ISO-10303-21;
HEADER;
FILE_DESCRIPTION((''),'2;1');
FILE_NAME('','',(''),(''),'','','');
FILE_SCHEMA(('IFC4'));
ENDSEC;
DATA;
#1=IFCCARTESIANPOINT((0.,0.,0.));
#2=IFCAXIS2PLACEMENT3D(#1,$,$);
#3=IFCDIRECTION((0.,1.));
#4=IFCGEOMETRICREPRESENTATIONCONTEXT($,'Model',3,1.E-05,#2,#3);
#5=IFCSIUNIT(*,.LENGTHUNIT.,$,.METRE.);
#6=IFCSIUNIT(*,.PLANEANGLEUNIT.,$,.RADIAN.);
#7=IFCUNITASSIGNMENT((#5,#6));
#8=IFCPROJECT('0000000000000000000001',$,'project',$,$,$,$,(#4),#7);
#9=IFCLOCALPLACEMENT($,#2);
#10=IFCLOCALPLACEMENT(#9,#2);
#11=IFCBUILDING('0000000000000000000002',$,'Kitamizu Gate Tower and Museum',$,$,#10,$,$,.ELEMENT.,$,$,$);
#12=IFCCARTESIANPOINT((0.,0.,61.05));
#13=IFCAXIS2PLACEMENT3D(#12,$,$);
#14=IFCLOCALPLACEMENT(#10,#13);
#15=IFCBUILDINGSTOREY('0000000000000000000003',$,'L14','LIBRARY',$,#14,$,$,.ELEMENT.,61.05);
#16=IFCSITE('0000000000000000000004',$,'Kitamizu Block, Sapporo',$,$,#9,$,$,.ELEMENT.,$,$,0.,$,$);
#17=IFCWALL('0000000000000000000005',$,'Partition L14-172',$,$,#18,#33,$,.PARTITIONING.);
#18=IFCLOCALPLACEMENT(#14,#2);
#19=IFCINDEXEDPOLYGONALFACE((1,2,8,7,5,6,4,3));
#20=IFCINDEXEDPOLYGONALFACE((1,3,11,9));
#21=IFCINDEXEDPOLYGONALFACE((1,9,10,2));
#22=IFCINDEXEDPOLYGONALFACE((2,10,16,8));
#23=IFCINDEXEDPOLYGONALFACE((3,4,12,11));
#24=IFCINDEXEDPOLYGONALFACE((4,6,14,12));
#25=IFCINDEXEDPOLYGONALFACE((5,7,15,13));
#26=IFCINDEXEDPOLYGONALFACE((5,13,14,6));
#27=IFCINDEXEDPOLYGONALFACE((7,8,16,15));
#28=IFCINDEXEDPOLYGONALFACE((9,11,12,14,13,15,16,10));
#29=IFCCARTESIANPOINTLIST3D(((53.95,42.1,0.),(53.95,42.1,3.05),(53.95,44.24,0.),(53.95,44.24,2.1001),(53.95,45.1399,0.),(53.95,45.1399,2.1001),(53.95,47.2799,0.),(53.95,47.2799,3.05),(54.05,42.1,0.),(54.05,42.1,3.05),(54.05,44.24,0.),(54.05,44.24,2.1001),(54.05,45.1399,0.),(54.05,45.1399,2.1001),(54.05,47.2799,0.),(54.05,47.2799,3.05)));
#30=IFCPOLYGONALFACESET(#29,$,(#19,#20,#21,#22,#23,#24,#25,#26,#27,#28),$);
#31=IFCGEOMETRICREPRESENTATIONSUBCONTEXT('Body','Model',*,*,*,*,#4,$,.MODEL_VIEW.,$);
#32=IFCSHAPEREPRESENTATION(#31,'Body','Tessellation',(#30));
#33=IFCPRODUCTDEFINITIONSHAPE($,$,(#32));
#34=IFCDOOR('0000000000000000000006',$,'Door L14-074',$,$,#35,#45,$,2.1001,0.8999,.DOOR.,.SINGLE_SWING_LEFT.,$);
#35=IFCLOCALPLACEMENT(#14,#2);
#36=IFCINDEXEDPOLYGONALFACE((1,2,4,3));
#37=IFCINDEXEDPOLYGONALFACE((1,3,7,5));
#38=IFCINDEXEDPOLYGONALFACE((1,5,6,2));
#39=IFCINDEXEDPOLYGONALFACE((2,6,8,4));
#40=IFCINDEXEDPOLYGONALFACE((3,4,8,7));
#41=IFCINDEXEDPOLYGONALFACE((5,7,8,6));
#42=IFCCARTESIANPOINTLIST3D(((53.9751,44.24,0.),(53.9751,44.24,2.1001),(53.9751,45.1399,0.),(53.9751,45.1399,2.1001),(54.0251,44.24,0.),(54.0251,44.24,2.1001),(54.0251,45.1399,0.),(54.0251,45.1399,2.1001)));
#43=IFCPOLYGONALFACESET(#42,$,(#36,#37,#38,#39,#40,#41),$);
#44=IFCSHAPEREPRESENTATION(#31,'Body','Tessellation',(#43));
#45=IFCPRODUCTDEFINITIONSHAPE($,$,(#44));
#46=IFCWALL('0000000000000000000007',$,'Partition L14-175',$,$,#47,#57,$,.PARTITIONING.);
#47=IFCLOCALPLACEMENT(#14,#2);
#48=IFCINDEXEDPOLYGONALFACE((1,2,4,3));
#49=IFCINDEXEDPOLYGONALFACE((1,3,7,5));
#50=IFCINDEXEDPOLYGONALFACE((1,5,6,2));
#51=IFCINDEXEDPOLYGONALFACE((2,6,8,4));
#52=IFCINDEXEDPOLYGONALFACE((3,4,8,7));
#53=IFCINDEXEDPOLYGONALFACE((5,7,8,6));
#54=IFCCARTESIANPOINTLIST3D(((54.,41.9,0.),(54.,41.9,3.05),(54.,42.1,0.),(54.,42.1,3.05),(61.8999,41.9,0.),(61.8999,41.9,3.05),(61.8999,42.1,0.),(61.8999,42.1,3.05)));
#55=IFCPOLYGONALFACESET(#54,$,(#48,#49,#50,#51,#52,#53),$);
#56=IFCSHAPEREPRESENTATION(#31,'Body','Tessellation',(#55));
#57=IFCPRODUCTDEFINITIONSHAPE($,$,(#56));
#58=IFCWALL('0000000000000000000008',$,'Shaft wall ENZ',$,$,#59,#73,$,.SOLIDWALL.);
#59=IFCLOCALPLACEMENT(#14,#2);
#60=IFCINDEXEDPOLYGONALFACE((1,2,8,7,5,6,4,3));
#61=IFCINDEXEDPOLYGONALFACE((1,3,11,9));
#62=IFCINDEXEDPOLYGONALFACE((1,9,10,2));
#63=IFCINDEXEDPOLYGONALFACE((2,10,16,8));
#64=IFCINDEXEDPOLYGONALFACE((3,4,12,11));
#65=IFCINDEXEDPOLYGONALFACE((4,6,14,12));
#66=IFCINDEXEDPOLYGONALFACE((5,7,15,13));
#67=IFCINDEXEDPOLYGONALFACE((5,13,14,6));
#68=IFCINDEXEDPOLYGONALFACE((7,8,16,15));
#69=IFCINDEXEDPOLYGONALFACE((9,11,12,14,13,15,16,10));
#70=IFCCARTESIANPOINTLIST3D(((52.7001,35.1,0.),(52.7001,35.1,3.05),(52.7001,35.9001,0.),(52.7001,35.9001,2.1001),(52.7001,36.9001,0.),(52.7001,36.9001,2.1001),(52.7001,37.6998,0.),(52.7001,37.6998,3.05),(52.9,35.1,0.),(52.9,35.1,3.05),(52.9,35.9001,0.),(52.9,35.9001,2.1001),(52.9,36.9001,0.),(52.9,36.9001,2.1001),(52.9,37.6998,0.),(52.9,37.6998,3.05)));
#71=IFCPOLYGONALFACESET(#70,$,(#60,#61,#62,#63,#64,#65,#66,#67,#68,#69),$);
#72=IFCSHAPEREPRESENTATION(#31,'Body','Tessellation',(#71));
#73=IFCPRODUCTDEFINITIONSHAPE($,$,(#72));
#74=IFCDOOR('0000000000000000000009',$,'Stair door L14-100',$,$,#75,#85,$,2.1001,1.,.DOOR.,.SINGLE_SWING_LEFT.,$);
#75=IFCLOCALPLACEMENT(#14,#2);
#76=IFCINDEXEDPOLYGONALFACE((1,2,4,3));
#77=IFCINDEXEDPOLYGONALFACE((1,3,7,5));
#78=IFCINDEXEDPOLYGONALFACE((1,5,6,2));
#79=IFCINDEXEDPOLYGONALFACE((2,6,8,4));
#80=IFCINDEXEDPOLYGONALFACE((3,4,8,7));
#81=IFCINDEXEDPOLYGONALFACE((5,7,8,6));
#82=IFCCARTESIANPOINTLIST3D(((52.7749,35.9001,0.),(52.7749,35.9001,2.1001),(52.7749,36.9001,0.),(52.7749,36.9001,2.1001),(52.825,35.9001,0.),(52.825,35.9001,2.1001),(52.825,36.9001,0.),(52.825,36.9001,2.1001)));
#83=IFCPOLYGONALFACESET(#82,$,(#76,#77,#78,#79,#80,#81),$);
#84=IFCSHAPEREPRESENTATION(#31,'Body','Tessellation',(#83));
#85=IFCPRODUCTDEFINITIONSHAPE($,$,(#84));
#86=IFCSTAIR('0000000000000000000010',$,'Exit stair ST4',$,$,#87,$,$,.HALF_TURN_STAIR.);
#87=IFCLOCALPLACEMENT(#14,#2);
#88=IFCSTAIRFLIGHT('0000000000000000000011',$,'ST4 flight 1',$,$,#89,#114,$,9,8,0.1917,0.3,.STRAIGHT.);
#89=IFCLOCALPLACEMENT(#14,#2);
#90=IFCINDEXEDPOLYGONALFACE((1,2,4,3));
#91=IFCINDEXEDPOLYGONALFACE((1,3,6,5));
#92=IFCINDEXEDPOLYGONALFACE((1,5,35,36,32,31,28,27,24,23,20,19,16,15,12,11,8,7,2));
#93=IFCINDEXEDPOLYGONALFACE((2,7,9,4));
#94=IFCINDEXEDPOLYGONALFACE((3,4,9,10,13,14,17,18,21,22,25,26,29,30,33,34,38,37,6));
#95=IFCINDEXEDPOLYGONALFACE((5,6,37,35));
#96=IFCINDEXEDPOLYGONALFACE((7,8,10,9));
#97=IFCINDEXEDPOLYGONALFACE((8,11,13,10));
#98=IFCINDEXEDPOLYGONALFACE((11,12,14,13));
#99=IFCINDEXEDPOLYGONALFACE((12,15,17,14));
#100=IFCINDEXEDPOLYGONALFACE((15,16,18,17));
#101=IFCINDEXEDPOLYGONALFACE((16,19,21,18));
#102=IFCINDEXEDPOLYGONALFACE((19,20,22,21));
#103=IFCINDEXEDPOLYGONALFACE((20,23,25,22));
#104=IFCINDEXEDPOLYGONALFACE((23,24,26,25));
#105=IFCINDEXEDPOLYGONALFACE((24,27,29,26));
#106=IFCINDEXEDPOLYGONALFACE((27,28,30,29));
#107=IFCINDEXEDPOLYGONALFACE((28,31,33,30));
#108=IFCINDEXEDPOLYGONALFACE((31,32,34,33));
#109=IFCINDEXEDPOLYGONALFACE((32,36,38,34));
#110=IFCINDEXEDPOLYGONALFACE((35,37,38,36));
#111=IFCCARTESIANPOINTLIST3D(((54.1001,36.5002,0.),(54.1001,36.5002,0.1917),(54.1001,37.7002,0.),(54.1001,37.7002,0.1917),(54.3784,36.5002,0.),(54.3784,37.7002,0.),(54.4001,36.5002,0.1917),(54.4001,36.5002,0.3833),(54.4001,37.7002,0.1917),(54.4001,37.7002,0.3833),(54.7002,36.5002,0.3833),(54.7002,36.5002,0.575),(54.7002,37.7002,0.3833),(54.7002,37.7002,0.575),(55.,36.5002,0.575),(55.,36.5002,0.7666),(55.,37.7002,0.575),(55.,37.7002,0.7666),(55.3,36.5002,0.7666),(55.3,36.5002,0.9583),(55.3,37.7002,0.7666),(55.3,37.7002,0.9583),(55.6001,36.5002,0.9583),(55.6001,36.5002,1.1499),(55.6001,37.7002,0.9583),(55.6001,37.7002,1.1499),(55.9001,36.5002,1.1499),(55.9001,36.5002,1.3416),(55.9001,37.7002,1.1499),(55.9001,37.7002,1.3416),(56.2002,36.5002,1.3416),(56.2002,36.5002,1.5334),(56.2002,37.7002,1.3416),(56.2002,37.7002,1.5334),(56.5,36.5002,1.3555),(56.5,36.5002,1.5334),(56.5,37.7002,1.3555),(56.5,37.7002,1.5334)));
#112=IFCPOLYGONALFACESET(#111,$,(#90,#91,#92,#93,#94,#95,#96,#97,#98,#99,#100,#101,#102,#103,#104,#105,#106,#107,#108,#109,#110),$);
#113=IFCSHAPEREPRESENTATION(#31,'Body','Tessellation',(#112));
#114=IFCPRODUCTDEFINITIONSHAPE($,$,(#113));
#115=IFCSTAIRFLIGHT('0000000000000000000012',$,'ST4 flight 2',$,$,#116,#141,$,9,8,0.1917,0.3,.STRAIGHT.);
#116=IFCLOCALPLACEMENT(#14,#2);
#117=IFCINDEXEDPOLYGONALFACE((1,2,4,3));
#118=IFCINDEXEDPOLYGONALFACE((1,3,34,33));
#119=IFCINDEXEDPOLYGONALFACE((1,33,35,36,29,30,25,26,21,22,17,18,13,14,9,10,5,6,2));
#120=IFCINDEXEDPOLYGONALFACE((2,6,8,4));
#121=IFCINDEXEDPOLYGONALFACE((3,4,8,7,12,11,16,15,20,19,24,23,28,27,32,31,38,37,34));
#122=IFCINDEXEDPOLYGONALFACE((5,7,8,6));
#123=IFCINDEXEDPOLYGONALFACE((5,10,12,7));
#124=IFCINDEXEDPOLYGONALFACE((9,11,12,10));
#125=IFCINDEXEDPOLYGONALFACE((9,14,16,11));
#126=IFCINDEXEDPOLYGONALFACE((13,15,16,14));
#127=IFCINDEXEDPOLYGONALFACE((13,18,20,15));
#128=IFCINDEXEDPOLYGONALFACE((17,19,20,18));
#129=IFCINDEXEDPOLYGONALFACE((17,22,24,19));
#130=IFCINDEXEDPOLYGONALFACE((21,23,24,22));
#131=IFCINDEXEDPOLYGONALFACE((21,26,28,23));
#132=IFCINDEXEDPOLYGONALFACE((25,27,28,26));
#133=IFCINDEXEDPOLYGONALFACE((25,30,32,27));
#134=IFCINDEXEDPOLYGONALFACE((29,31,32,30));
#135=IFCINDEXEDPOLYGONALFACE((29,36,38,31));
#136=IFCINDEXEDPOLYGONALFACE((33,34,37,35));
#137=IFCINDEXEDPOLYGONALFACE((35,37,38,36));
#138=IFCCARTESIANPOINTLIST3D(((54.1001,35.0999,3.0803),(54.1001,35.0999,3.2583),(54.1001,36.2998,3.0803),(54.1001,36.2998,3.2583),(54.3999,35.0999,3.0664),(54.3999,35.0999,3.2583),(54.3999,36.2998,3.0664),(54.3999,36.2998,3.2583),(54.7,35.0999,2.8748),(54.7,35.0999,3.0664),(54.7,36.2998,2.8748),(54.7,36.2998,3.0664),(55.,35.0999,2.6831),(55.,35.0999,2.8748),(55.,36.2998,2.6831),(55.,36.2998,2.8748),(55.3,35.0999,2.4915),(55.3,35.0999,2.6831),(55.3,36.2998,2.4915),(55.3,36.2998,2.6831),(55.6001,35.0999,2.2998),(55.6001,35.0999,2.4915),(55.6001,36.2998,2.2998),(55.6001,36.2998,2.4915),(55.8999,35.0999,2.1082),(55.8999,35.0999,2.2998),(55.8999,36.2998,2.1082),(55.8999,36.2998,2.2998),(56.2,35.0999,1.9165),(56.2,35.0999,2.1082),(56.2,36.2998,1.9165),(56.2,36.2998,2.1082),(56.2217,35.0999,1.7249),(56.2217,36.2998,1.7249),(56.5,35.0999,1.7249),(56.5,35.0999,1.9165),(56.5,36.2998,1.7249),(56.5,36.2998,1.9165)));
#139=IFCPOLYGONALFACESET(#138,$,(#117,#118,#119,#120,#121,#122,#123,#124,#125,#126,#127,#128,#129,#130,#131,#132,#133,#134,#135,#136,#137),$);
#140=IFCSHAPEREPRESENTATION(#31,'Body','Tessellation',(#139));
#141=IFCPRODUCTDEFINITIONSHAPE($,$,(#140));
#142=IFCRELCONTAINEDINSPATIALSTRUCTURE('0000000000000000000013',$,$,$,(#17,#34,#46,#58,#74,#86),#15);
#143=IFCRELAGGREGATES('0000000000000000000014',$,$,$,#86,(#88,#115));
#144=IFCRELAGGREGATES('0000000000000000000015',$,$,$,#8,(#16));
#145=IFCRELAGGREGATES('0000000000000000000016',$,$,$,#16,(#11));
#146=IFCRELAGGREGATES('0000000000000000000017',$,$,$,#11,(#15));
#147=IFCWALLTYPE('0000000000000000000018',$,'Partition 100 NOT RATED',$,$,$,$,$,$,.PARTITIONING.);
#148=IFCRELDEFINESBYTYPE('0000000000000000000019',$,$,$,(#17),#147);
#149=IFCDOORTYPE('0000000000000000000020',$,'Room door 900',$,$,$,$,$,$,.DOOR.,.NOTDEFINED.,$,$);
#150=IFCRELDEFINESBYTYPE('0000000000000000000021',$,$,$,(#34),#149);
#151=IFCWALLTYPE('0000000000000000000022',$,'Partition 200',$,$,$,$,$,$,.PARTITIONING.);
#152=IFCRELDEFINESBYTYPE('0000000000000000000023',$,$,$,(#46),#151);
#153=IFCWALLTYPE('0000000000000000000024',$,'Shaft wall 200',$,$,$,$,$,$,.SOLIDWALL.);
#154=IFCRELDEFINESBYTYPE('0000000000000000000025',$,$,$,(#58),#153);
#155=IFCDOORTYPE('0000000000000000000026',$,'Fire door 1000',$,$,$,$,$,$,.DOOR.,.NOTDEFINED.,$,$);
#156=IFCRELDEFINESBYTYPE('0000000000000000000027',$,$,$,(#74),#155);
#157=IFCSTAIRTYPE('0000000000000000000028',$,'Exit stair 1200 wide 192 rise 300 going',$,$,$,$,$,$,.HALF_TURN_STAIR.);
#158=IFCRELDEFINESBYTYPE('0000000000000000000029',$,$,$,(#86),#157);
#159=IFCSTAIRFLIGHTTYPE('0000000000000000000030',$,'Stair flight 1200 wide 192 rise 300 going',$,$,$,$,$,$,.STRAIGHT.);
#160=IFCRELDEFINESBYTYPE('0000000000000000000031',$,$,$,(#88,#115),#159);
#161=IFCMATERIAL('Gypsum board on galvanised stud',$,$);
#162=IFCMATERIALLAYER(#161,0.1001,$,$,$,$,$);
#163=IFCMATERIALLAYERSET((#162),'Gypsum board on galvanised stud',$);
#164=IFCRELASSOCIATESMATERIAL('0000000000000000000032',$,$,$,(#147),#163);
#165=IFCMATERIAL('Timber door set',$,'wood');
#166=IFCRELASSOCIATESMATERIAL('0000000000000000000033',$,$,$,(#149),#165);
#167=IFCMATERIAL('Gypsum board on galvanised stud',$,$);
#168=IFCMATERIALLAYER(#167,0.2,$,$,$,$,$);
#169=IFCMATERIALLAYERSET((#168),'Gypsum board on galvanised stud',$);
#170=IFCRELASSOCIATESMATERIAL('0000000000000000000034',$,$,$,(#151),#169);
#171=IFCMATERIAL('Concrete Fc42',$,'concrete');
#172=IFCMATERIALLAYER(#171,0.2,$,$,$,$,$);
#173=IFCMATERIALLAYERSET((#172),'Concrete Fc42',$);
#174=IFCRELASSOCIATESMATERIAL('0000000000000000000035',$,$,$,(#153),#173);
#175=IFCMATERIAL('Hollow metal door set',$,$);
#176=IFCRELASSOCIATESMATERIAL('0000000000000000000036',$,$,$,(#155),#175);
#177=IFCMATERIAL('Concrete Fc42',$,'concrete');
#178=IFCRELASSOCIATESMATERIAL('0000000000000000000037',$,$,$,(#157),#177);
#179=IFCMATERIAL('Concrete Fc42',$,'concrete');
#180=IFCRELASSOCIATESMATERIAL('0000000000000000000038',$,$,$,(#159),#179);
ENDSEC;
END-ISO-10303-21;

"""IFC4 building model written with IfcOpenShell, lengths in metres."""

from ifc_helpers import new_model, si_unit, direction, frame, frame_2d, origin, place, context, subcontext, project, spatial, polyline, rectangle, outline, extrude, material, layer, layer_set, type_object, element, fill, aggregate, save


model = new_model("IFC4")

# Units and contexts
model_context = context("Model", 3, precision=1e-05, world=origin(), true_north=direction((0.0, 1.0)))
body_context = subcontext(model_context, "Body", "Model", "MODEL_VIEW")
ifc_project = project(units=[si_unit("LENGTHUNIT", "METRE"), si_unit("PLANEANGLEUNIT", "RADIAN")], contexts=[model_context])

# Site, building, storey
site_placement = place(None, origin())
site = spatial("IfcSite", under=ifc_project, at=site_placement, Name="Kitamizu Block, Sapporo", CompositionType="ELEMENT", RefElevation=0.0)
building_placement = place(site_placement, origin())
building = spatial("IfcBuilding", under=site, at=building_placement, Name="Kitamizu Gate Tower and Museum", CompositionType="ELEMENT")
storey_placement = place(building_placement, frame((0.0, 0.0, 61.05)))
storey = spatial("IfcBuildingStorey", under=building, at=storey_placement, Name="L14", Description="LIBRARY", CompositionType="ELEMENT", Elevation=61.05)

# Wall, opening, door
ifc_material_1 = material(Name="Gypsum board on galvanised stud")
ifc_layer_1 = layer(ifc_material_1, 0.1001)
ifc_layer_set_1 = layer_set([ifc_layer_1], Name="Gypsum board on galvanised stud")
wall_type_1 = type_object("IfcWallType", Name="Partition 100 NOT RATED", PredefinedType="PARTITIONING", material=ifc_layer_set_1)
ifc_material_2 = material(Name="Timber door set", Category="wood")
door_type_1 = type_object("IfcDoorType", Name="Room door 900", OperationType="NOTDEFINED", PredefinedType="DOOR", material=ifc_material_2)
wall_1_placement = place(storey_placement, frame((54.0, 42.1001, 0.0), z_axis=(0.0, 0.0, 1.0), x_axis=(0.0, 1.0, 0.0)))
wall_1 = element("IfcWall", 1, at=wall_1_placement, inside=storey, type_object=wall_type_1, Name="Partition L14-172", PredefinedType="PARTITIONING", context=body_context, shape_type="SweptSolid", body=[
    extrude(rectangle(XDim=5.1799, YDim=0.1001, at=frame_2d((2.5898, 0.0))), origin(), (0.0, 0.0, 1.0), 3.05),
])
opening_1_placement = place(wall_1_placement, frame((2.1399, 0.0, 0.0)))
opening_1 = element("IfcOpeningElement", 2, at=opening_1_placement, cuts=wall_1, PredefinedType="OPENING", context=body_context, shape_type="SweptSolid", body=[
    extrude(rectangle(XDim=0.8999, YDim=2.1001, at=frame_2d((0.45, 1.05))), frame((0.0, 0.0601, 0.0), z_axis=(0.0, -1.0, 0.0), x_axis=(1.0, 0.0, 0.0)), (0.0, 0.0, 1.0), 0.1201),
])
door_1_placement = place(opening_1_placement, origin())
door_1 = element("IfcDoor", 3, at=door_1_placement, inside=storey, type_object=door_type_1, Name="Door L14-074", OperationType="SINGLE_SWING_LEFT", OverallHeight=2.1001, OverallWidth=0.8999, PredefinedType="DOOR", context=body_context, shape_type="SweptSolid", body=[
    extrude(rectangle(XDim=0.8999, YDim=2.1001, at=frame_2d((0.45, 1.05))), frame((0.0, 0.0249, 0.0), z_axis=(0.0, -1.0, 0.0), x_axis=(1.0, 0.0, 0.0)), (0.0, 0.0, 1.0), 0.05),
])
fill(opening_1, door_1)

# Wall
ifc_material_3 = material(Name="Gypsum board on galvanised stud")
ifc_layer_2 = layer(ifc_material_3, 0.2)
ifc_layer_set_2 = layer_set([ifc_layer_2], Name="Gypsum board on galvanised stud")
wall_type_2 = type_object("IfcWallType", Name="Partition 200", PredefinedType="PARTITIONING", material=ifc_layer_set_2)
wall_2_placement = place(storey_placement, frame((54.0, 42.0, 0.0), z_axis=(0.0, 0.0, 1.0), x_axis=(1.0, 0.0, 0.0)))
element("IfcWall", 4, at=wall_2_placement, inside=storey, type_object=wall_type_2, Name="Partition L14-175", PredefinedType="PARTITIONING", context=body_context, shape_type="SweptSolid", body=[
    extrude(rectangle(XDim=7.8999, YDim=0.2, at=frame_2d((3.95, 0.0))), origin(), (0.0, 0.0, 1.0), 3.05),
])

# Wall, opening, door
ifc_material_4 = material(Name="Concrete Fc42", Category="concrete")
ifc_layer_3 = layer(ifc_material_4, 0.2)
ifc_layer_set_3 = layer_set([ifc_layer_3], Name="Concrete Fc42")
wall_type_3 = type_object("IfcWallType", Name="Shaft wall 200", PredefinedType="SOLIDWALL", material=ifc_layer_set_3)
wall_3_placement = place(storey_placement, frame((52.8, 35.1001, 0.0), z_axis=(0.0, 0.0, 1.0), x_axis=(0.0, 1.0, 0.0)))
wall_3 = element("IfcWall", 5, at=wall_3_placement, inside=storey, type_object=wall_type_3, Name="Shaft wall ENZ", PredefinedType="SOLIDWALL", context=body_context, shape_type="SweptSolid", body=[
    extrude(rectangle(XDim=2.5999, YDim=0.2, at=frame_2d((1.2998, 0.0))), origin(), (0.0, 0.0, 1.0), 3.05),
])
opening_2_placement = place(wall_3_placement, frame((0.8, 0.0, 0.0)))
opening_2 = element("IfcOpeningElement", 6, at=opening_2_placement, cuts=wall_3, PredefinedType="OPENING", context=body_context, shape_type="SweptSolid", body=[
    extrude(rectangle(XDim=1.0, YDim=2.1001, at=frame_2d((0.5, 1.05))), frame((0.0, 0.1099, 0.0), z_axis=(0.0, -1.0, 0.0), x_axis=(1.0, 0.0, 0.0)), (0.0, 0.0, 1.0), 0.22),
])
ifc_material_5 = material(Name="Hollow metal door set")
door_type_2 = type_object("IfcDoorType", Name="Fire door 1000", OperationType="NOTDEFINED", PredefinedType="DOOR", material=ifc_material_5)
door_2_placement = place(opening_2_placement, frame((1.0, 0.0, 0.0), x_axis=(-1.0, 0.0, 0.0)))
door_2 = element("IfcDoor", 7, at=door_2_placement, inside=storey, type_object=door_type_2, Name="Stair door L14-100", OperationType="SINGLE_SWING_LEFT", OverallHeight=2.1001, OverallWidth=1.0, PredefinedType="DOOR", context=body_context, shape_type="SweptSolid", body=[
    extrude(rectangle(XDim=1.0, YDim=2.1001, at=frame_2d((0.5, 1.05))), frame((0.0, 0.0249, 0.0), z_axis=(0.0, -1.0, 0.0), x_axis=(1.0, 0.0, 0.0)), (0.0, 0.0, 1.0), 0.05),
])
fill(opening_2, door_2)

# Stair, stair flights
ifc_material_6 = material(Name="Concrete Fc42", Category="concrete")
stair_type = type_object("IfcStairType", Name="Exit stair 1200 wide 192 rise 300 going", PredefinedType="HALF_TURN_STAIR", material=ifc_material_6)
stair_placement = place(storey_placement, origin())
stair = element("IfcStair", 8, at=stair_placement, inside=storey, type_object=stair_type, Name="Exit stair ST4", PredefinedType="HALF_TURN_STAIR")
ifc_material_7 = material(Name="Concrete Fc42", Category="concrete")
stair_flight_type = type_object("IfcStairFlightType", Name="Stair flight 1200 wide 192 rise 300 going", PredefinedType="STRAIGHT", material=ifc_material_7)
stair_flight_1_placement = place(storey_placement, frame((54.1001, 37.1001, 0.0), z_axis=(0.0, 0.0, 1.0), x_axis=(1.0, 0.0, 0.0)))
stair_flight_1 = element("IfcStairFlight", 9, at=stair_flight_1_placement, type_object=stair_flight_type, Name="ST4 flight 1", NumberOfRisers=9, NumberOfTreads=8, PredefinedType="STRAIGHT", RiserHeight=0.1917, TreadLength=0.3, context=body_context, shape_type="SweptSolid", body=[
    extrude(outline(polyline([(0.0, 0.0), (0.0, 0.1917), (0.3, 0.1917), (0.3, 0.3833), (0.6001, 0.3833), (0.6001, 0.575), (0.8999, 0.575), (0.8999, 0.7666), (1.2, 0.7666), (1.2, 0.9583), (1.5, 0.9583), (1.5, 1.1499), (1.8, 1.1499), (1.8, 1.3416), (2.1001, 1.3416), (2.1001, 1.5334), (2.3999, 1.5334), (2.3999, 1.7251), (2.3999, 1.3555), (0.2783, 0.0), (0.0, 0.0)])), frame((0.0, 0.6001, 0.0), z_axis=(0.0, -1.0, 0.0), x_axis=(1.0, 0.0, 0.0)), (0.0, 0.0, 1.0), 1.2),
])
stair_flight_2_placement = place(storey_placement, frame((56.5, 35.7, 1.7249), z_axis=(0.0, 0.0, 1.0), x_axis=(-1.0, 0.0, 0.0)))
stair_flight_2 = element("IfcStairFlight", 10, at=stair_flight_2_placement, type_object=stair_flight_type, Name="ST4 flight 2", NumberOfRisers=9, NumberOfTreads=8, PredefinedType="STRAIGHT", RiserHeight=0.1917, TreadLength=0.3, context=body_context, shape_type="SweptSolid", body=[
    extrude(outline(polyline([(0.0, 0.0), (0.0, 0.1917), (0.3, 0.1917), (0.3, 0.3833), (0.6001, 0.3833), (0.6001, 0.575), (0.8999, 0.575), (0.8999, 0.7666), (1.2, 0.7666), (1.2, 0.9583), (1.5, 0.9583), (1.5, 1.1499), (1.8, 1.1499), (1.8, 1.3416), (2.1001, 1.3416), (2.1001, 1.5334), (2.3999, 1.5334), (2.3999, 1.7251), (2.3999, 1.3555), (0.2783, 0.0), (0.0, 0.0)])), frame((0.0, 0.6001, 0.0), z_axis=(0.0, -1.0, 0.0), x_axis=(1.0, 0.0, 0.0)), (0.0, 0.0, 1.0), 1.2),
])
aggregate(stair, [stair_flight_1, stair_flight_2])

save(model, "model.ifc")
